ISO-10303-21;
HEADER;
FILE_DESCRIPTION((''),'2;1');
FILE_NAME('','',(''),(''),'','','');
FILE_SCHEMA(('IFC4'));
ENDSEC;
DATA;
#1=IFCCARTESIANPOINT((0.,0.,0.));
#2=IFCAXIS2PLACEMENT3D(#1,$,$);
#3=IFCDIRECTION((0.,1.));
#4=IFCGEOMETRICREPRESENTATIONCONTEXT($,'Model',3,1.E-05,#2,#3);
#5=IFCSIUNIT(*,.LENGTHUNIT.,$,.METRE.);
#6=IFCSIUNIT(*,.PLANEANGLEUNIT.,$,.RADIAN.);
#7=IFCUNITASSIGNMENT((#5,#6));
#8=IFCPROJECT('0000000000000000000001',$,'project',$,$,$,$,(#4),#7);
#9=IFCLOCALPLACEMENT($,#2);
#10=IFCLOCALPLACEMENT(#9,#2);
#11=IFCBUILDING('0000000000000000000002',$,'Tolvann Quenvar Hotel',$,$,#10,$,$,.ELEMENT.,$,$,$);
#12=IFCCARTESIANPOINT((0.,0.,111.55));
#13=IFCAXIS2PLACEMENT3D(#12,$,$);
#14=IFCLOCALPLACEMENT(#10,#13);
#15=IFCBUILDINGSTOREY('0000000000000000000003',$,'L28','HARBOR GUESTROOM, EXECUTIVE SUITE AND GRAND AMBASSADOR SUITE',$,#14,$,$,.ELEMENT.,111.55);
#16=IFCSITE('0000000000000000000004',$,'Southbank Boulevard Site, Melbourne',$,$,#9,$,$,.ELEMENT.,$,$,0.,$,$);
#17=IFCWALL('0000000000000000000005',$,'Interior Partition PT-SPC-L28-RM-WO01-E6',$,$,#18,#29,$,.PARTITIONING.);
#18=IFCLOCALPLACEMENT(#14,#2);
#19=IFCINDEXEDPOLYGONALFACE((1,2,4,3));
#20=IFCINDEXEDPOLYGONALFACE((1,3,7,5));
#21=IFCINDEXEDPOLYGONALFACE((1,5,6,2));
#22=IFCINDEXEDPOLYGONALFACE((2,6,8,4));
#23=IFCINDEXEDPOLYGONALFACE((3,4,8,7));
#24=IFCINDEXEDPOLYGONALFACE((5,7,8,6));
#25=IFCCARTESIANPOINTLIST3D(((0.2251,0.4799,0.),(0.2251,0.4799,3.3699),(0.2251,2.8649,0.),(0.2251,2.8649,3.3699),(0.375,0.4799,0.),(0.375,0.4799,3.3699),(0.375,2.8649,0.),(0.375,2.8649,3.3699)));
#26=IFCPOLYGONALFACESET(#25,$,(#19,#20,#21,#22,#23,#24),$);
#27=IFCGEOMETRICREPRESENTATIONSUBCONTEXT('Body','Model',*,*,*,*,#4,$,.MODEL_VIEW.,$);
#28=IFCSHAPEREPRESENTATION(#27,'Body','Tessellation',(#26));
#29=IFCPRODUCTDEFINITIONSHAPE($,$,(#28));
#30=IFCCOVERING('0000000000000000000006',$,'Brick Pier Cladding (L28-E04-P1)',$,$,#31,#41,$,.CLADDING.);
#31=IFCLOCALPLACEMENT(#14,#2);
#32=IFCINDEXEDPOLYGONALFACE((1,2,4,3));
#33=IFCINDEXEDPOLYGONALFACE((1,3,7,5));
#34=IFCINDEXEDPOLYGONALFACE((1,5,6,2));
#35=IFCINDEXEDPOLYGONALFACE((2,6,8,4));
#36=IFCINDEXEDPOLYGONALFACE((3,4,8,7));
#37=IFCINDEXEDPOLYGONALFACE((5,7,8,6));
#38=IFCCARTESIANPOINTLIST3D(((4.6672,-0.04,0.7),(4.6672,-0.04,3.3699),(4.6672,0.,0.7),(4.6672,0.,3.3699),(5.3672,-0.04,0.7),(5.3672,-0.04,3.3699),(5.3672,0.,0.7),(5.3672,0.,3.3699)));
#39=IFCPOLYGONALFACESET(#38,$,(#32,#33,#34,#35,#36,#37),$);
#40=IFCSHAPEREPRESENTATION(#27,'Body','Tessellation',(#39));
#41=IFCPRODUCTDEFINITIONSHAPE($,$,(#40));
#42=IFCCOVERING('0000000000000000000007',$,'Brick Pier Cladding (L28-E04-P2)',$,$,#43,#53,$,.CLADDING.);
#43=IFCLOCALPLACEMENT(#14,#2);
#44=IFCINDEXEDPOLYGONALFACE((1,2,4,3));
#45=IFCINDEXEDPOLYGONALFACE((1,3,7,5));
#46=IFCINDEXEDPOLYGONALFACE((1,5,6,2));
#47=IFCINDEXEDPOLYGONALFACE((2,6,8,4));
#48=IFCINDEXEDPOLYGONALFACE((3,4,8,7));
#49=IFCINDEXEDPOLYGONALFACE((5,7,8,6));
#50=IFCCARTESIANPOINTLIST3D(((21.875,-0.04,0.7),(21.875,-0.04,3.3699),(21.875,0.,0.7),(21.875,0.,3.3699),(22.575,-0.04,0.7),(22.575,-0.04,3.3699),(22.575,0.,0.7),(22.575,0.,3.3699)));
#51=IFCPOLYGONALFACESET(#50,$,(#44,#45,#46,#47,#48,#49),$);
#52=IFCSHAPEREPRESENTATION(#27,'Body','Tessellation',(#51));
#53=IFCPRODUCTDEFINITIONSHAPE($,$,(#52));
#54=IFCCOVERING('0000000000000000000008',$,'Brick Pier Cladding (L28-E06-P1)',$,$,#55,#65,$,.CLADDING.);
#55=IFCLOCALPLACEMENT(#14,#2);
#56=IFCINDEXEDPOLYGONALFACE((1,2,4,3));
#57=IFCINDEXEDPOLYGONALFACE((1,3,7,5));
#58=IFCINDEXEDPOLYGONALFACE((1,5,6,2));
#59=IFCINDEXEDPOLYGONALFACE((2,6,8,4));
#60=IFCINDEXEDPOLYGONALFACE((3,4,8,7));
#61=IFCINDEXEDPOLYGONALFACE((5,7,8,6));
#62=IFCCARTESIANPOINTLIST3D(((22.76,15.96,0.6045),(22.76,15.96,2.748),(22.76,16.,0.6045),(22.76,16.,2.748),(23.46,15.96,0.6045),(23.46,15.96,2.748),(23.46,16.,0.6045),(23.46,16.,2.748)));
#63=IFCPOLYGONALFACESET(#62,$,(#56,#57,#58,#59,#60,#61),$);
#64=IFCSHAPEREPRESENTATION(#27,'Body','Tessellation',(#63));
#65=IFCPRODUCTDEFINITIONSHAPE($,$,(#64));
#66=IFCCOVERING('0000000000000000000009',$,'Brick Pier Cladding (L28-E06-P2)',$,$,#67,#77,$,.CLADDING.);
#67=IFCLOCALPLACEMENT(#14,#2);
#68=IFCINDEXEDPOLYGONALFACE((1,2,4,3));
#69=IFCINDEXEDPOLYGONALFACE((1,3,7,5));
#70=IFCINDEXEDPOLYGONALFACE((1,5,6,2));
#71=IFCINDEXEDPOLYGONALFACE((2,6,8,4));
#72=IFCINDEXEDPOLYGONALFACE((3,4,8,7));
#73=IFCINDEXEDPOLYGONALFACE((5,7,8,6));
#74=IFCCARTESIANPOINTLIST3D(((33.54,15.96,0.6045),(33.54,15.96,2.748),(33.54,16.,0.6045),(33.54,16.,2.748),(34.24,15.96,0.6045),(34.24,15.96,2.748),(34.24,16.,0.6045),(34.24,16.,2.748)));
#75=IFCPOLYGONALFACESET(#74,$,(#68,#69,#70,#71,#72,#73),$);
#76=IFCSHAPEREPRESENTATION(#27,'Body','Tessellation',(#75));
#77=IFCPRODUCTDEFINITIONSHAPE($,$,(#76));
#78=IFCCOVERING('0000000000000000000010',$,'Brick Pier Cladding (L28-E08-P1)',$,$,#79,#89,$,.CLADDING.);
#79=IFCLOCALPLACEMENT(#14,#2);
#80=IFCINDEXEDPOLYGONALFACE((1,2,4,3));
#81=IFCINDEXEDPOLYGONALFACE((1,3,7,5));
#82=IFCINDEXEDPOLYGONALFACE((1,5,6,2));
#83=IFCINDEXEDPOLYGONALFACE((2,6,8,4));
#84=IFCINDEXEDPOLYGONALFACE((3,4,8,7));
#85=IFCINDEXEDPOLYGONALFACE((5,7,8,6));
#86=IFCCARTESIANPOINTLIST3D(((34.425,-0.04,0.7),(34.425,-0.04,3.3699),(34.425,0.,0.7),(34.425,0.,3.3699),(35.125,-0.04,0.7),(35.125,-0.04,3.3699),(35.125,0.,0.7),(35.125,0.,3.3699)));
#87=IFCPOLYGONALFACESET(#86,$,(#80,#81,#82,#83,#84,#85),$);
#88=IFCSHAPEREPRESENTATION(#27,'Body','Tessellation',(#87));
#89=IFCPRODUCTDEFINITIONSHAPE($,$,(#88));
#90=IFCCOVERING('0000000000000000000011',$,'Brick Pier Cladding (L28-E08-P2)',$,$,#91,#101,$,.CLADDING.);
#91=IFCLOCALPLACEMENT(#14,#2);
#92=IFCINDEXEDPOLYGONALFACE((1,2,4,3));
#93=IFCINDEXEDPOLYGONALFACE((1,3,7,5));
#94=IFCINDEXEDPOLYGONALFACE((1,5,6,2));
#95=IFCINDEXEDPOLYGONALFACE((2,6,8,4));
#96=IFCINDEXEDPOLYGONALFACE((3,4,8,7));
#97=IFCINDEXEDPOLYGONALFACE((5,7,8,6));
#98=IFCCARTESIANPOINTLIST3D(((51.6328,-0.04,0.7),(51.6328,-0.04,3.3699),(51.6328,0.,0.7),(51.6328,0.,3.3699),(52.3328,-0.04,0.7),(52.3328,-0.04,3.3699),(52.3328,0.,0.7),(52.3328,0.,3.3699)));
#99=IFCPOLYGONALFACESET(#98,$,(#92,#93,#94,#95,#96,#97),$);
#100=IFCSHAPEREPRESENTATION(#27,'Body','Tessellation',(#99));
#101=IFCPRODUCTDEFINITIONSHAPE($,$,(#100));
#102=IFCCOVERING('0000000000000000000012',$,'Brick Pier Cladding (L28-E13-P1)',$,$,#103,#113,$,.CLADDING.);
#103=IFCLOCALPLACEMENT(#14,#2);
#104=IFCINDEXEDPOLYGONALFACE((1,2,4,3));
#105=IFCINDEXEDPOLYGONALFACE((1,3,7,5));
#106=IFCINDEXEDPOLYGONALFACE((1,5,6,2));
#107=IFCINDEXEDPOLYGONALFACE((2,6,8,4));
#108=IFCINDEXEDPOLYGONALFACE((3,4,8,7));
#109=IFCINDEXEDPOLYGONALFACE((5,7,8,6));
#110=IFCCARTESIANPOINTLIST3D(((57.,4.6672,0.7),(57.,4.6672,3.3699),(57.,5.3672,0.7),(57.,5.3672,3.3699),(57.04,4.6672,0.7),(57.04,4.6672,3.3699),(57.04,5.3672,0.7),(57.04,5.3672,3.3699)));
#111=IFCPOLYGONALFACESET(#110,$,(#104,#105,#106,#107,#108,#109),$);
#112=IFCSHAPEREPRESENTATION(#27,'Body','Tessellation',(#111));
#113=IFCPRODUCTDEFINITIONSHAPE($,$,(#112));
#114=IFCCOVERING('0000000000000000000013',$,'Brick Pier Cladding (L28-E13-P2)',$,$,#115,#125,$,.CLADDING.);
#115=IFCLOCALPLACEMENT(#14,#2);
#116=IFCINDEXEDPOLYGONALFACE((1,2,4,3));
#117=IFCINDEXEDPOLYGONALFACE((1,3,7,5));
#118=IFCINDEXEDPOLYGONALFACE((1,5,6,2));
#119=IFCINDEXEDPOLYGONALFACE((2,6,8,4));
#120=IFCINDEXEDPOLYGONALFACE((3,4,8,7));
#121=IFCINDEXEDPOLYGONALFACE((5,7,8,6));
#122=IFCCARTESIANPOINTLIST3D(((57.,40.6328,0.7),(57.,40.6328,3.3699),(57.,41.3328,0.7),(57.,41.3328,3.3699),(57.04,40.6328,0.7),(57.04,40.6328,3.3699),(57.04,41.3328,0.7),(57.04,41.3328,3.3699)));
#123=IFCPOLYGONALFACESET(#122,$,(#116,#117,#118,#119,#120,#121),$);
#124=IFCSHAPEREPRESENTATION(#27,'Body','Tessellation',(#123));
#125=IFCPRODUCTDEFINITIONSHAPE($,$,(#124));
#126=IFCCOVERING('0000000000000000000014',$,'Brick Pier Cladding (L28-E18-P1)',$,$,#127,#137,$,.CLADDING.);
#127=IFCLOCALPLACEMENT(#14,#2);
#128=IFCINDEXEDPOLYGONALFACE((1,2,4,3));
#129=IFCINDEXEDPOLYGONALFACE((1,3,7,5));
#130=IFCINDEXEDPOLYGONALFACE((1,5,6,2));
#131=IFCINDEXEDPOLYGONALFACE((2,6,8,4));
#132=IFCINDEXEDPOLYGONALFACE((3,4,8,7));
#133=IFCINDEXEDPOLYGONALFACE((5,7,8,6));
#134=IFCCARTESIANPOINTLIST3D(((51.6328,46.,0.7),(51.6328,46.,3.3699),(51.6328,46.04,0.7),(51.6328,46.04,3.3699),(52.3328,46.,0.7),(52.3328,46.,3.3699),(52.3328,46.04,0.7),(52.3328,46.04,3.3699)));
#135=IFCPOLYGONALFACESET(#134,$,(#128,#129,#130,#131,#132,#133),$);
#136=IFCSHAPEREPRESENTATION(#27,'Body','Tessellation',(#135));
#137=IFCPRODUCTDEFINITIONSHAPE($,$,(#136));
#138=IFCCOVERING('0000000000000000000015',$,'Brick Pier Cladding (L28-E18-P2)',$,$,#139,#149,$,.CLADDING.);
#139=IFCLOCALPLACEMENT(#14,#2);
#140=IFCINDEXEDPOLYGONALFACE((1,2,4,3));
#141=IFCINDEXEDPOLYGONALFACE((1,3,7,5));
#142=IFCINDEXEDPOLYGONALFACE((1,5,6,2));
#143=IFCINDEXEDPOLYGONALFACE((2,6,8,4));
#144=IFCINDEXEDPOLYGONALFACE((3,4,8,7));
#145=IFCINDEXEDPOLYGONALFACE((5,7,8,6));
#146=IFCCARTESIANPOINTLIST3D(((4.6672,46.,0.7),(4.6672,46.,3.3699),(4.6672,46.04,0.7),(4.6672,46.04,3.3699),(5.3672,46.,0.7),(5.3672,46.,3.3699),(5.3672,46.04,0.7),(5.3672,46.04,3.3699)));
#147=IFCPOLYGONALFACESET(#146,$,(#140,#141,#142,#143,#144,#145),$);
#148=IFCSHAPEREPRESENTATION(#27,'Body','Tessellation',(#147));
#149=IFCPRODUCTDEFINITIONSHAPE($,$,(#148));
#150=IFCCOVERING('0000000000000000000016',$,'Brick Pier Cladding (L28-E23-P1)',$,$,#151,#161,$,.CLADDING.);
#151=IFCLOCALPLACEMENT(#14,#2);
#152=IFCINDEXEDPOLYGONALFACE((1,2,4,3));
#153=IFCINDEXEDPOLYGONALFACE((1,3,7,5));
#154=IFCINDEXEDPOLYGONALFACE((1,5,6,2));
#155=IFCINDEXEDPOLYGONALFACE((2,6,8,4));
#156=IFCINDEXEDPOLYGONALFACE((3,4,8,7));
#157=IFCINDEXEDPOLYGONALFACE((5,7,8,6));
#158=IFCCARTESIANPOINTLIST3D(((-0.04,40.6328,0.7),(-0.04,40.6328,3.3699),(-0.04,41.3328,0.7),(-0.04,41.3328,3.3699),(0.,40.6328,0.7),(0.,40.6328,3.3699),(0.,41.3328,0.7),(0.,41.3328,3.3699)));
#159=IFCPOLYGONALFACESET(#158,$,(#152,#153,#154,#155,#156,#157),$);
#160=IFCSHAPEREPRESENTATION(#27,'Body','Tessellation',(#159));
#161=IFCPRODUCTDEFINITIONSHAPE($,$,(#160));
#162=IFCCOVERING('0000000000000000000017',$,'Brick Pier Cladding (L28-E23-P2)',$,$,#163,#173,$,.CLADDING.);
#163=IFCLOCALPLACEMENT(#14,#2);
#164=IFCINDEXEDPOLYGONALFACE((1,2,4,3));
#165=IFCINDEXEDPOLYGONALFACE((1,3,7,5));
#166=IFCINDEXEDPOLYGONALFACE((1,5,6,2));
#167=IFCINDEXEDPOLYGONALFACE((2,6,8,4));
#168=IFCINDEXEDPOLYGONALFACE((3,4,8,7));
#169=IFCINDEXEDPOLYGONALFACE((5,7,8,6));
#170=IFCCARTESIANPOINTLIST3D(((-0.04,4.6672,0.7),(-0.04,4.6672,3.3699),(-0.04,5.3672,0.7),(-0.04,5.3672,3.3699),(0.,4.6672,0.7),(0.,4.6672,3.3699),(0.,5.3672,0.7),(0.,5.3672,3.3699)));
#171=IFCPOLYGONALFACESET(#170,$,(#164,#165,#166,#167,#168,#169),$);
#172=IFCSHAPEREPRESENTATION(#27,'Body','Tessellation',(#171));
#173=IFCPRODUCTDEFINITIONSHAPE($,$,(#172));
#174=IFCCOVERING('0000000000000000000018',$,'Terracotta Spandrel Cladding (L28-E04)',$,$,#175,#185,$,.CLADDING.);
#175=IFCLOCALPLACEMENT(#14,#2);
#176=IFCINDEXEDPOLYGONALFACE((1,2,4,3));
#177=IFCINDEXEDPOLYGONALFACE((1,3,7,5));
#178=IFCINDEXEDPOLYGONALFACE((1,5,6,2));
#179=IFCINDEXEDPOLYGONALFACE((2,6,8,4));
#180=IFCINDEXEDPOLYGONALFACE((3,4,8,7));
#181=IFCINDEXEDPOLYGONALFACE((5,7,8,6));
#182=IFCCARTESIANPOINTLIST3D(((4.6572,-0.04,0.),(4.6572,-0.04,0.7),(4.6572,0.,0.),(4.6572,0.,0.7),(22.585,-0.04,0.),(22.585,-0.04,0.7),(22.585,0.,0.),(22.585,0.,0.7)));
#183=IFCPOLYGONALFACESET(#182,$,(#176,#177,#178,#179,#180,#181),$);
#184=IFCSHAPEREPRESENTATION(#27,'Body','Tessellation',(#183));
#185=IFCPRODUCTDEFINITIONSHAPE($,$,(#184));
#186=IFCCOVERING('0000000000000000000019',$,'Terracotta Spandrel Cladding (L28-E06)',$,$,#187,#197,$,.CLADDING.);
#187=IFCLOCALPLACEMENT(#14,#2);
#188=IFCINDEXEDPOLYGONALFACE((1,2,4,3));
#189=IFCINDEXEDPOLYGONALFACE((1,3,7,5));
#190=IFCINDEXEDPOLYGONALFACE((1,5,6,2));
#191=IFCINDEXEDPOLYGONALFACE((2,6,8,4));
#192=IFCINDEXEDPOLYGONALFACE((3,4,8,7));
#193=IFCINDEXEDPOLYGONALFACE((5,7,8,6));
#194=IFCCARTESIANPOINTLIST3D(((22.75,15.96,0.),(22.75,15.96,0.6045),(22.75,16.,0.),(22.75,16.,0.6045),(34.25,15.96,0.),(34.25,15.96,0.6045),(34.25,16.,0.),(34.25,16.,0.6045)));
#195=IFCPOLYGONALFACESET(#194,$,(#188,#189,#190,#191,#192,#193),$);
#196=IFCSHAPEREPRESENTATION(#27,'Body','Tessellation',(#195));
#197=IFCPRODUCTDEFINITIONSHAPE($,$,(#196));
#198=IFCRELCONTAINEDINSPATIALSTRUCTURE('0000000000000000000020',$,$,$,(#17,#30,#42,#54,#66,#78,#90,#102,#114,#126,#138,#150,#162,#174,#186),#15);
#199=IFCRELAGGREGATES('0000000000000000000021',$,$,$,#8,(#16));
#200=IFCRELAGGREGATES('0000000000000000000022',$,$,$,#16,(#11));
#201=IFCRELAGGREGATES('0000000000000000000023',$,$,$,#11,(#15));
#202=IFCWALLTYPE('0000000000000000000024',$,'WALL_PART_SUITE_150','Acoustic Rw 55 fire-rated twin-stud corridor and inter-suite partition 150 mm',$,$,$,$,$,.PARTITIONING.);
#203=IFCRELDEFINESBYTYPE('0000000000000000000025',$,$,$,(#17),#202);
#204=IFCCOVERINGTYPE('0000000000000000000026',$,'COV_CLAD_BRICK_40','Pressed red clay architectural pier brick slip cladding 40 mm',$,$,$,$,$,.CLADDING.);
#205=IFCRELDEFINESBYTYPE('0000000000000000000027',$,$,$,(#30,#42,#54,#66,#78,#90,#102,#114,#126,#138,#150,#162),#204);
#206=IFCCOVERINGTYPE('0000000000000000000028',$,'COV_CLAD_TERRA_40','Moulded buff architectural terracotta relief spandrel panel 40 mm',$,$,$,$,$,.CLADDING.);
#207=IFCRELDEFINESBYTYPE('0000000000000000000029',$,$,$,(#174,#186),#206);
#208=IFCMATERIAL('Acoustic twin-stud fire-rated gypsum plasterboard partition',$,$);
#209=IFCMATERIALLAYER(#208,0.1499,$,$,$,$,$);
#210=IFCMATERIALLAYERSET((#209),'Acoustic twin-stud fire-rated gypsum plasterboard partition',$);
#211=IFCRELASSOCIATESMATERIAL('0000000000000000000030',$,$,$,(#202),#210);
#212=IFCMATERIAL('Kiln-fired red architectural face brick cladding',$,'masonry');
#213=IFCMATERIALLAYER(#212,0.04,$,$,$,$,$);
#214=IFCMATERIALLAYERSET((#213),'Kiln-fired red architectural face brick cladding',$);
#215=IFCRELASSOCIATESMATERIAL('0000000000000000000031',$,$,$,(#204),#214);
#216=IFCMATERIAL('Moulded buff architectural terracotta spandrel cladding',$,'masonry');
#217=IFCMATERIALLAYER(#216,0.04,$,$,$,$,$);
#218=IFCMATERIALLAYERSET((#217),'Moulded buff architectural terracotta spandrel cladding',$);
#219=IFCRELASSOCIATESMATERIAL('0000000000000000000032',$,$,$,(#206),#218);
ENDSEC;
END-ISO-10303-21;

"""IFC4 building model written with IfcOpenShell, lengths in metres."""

from ifc_helpers import new_model, si_unit, direction, frame, frame_2d, origin, place, context, subcontext, project, spatial, polyline, rectangle, outline, extrude, material, layer, layer_set, type_object, element, save


model = new_model("IFC4")

# Units and contexts
model_context = context("Model", 3, precision=1e-05, world=origin(), true_north=direction((0.0, 1.0)))
body_context = subcontext(model_context, "Body", "Model", "MODEL_VIEW")
ifc_project = project(units=[si_unit("LENGTHUNIT", "METRE"), si_unit("PLANEANGLEUNIT", "RADIAN")], contexts=[model_context])

# Site, building, storey
site_placement = place(None, origin())
site = spatial("IfcSite", under=ifc_project, at=site_placement, Name="Southbank Boulevard Site, Melbourne", CompositionType="ELEMENT", RefElevation=0.0)
building_placement = place(site_placement, origin())
building = spatial("IfcBuilding", under=site, at=building_placement, Name="Tolvann Quenvar Hotel", CompositionType="ELEMENT")
storey_placement = place(building_placement, frame((0.0, 0.0, 111.55)))
storey = spatial("IfcBuildingStorey", under=building, at=storey_placement, Name="L28", Description="HARBOR GUESTROOM, EXECUTIVE SUITE AND GRAND AMBASSADOR SUITE", CompositionType="ELEMENT", Elevation=111.55)

# Wall
ifc_material_1 = material(Name="Acoustic twin-stud fire-rated gypsum plasterboard partition")
ifc_layer_1 = layer(ifc_material_1, 0.1499)
ifc_layer_set_1 = layer_set([ifc_layer_1], Name="Acoustic twin-stud fire-rated gypsum plasterboard partition")
wall_type_1 = type_object("IfcWallType", Name="WALL_PART_SUITE_150", Description="Acoustic Rw 55 fire-rated twin-stud corridor and inter-suite partition 150 mm", PredefinedType="PARTITIONING", material=ifc_layer_set_1)
wall_1_placement = place(storey_placement, frame((0.3, 0.48, 0.0), z_axis=(0.0, 0.0, 1.0), x_axis=(0.0, 1.0, 0.0)))
element("IfcWall", 1, at=wall_1_placement, inside=storey, type_object=wall_type_1, Name="Interior Partition PT-SPC-L28-RM-WO01-E6", PredefinedType="PARTITIONING", context=body_context, shape_type="SweptSolid", body=[
    extrude(rectangle(XDim=2.385, YDim=0.1499, at=frame_2d((1.1924, 0.0))), origin(), (0.0, 0.0, 1.0), 3.3699),
])

# Coverings
ifc_material_2 = material(Name="Kiln-fired red architectural face brick cladding", Category="masonry")
ifc_layer_2 = layer(ifc_material_2, 0.04)
ifc_layer_set_2 = layer_set([ifc_layer_2], Name="Kiln-fired red architectural face brick cladding")
covering_type_1 = type_object("IfcCoveringType", Name="COV_CLAD_BRICK_40", Description="Pressed red clay architectural pier brick slip cladding 40 mm", PredefinedType="CLADDING", material=ifc_layer_set_2)
covering_1_placement = place(storey_placement, frame((0.0, 0.0, 0.7)))
element("IfcCovering", 2, at=covering_1_placement, inside=storey, type_object=covering_type_1, Name="Brick Pier Cladding (L28-E04-P1)", PredefinedType="CLADDING", context=body_context, shape_type="SweptSolid", body=[
    extrude(outline(polyline([(4.6672, 0.0), (5.3672, 0.0), (5.3672, -0.04), (4.6672, -0.04), (4.6672, 0.0)])), origin(), (0.0, 0.0, 1.0), 2.6699),
])
covering_2_placement = place(storey_placement, frame((0.0, 0.0, 0.7)))
element("IfcCovering", 3, at=covering_2_placement, inside=storey, type_object=covering_type_1, Name="Brick Pier Cladding (L28-E04-P2)", PredefinedType="CLADDING", context=body_context, shape_type="SweptSolid", body=[
    extrude(outline(polyline([(21.875, 0.0), (22.575, 0.0), (22.575, -0.04), (21.875, -0.04), (21.875, 0.0)])), origin(), (0.0, 0.0, 1.0), 2.6699),
])
covering_3_placement = place(storey_placement, frame((0.0, 0.0, 0.6045)))
element("IfcCovering", 4, at=covering_3_placement, inside=storey, type_object=covering_type_1, Name="Brick Pier Cladding (L28-E06-P1)", PredefinedType="CLADDING", context=body_context, shape_type="SweptSolid", body=[
    extrude(outline(polyline([(22.76, 16.0), (23.46, 16.0), (23.46, 15.96), (22.76, 15.96), (22.76, 16.0)])), origin(), (0.0, 0.0, 1.0), 2.1436),
])
covering_4_placement = place(storey_placement, frame((0.0, 0.0, 0.6045)))
element("IfcCovering", 5, at=covering_4_placement, inside=storey, type_object=covering_type_1, Name="Brick Pier Cladding (L28-E06-P2)", PredefinedType="CLADDING", context=body_context, shape_type="SweptSolid", body=[
    extrude(outline(polyline([(33.54, 16.0), (34.24, 16.0), (34.24, 15.96), (33.54, 15.96), (33.54, 16.0)])), origin(), (0.0, 0.0, 1.0), 2.1436),
])
covering_5_placement = place(storey_placement, frame((0.0, 0.0, 0.7)))
element("IfcCovering", 6, at=covering_5_placement, inside=storey, type_object=covering_type_1, Name="Brick Pier Cladding (L28-E08-P1)", PredefinedType="CLADDING", context=body_context, shape_type="SweptSolid", body=[
    extrude(outline(polyline([(34.425, 0.0), (35.125, 0.0), (35.125, -0.04), (34.425, -0.04), (34.425, 0.0)])), origin(), (0.0, 0.0, 1.0), 2.6699),
])
covering_6_placement = place(storey_placement, frame((0.0, 0.0, 0.7)))
element("IfcCovering", 7, at=covering_6_placement, inside=storey, type_object=covering_type_1, Name="Brick Pier Cladding (L28-E08-P2)", PredefinedType="CLADDING", context=body_context, shape_type="SweptSolid", body=[
    extrude(outline(polyline([(51.6328, 0.0), (52.3328, 0.0), (52.3328, -0.04), (51.6328, -0.04), (51.6328, 0.0)])), origin(), (0.0, 0.0, 1.0), 2.6699),
])
covering_7_placement = place(storey_placement, frame((0.0, 0.0, 0.7)))
element("IfcCovering", 8, at=covering_7_placement, inside=storey, type_object=covering_type_1, Name="Brick Pier Cladding (L28-E13-P1)", PredefinedType="CLADDING", context=body_context, shape_type="SweptSolid", body=[
    extrude(outline(polyline([(57.0, 4.6672), (57.0, 5.3672), (57.04, 5.3672), (57.04, 4.6672), (57.0, 4.6672)])), origin(), (0.0, 0.0, 1.0), 2.6699),
])
covering_8_placement = place(storey_placement, frame((0.0, 0.0, 0.7)))
element("IfcCovering", 9, at=covering_8_placement, inside=storey, type_object=covering_type_1, Name="Brick Pier Cladding (L28-E13-P2)", PredefinedType="CLADDING", context=body_context, shape_type="SweptSolid", body=[
    extrude(outline(polyline([(57.0, 40.6328), (57.0, 41.3328), (57.04, 41.3328), (57.04, 40.6328), (57.0, 40.6328)])), origin(), (0.0, 0.0, 1.0), 2.6699),
])
covering_9_placement = place(storey_placement, frame((0.0, 0.0, 0.7)))
element("IfcCovering", 10, at=covering_9_placement, inside=storey, type_object=covering_type_1, Name="Brick Pier Cladding (L28-E18-P1)", PredefinedType="CLADDING", context=body_context, shape_type="SweptSolid", body=[
    extrude(outline(polyline([(52.3328, 46.0), (51.6328, 46.0), (51.6328, 46.04), (52.3328, 46.04), (52.3328, 46.0)])), origin(), (0.0, 0.0, 1.0), 2.6699),
])
covering_10_placement = place(storey_placement, frame((0.0, 0.0, 0.7)))
element("IfcCovering", 11, at=covering_10_placement, inside=storey, type_object=covering_type_1, Name="Brick Pier Cladding (L28-E18-P2)", PredefinedType="CLADDING", context=body_context, shape_type="SweptSolid", body=[
    extrude(outline(polyline([(5.3672, 46.0), (4.6672, 46.0), (4.6672, 46.04), (5.3672, 46.04), (5.3672, 46.0)])), origin(), (0.0, 0.0, 1.0), 2.6699),
])
covering_11_placement = place(storey_placement, frame((0.0, 0.0, 0.7)))
element("IfcCovering", 12, at=covering_11_placement, inside=storey, type_object=covering_type_1, Name="Brick Pier Cladding (L28-E23-P1)", PredefinedType="CLADDING", context=body_context, shape_type="SweptSolid", body=[
    extrude(outline(polyline([(0.0, 41.3328), (0.0, 40.6328), (-0.04, 40.6328), (-0.04, 41.3328), (0.0, 41.3328)])), origin(), (0.0, 0.0, 1.0), 2.6699),
])
covering_12_placement = place(storey_placement, frame((0.0, 0.0, 0.7)))
element("IfcCovering", 13, at=covering_12_placement, inside=storey, type_object=covering_type_1, Name="Brick Pier Cladding (L28-E23-P2)", PredefinedType="CLADDING", context=body_context, shape_type="SweptSolid", body=[
    extrude(outline(polyline([(0.0, 5.3672), (0.0, 4.6672), (-0.04, 4.6672), (-0.04, 5.3672), (0.0, 5.3672)])), origin(), (0.0, 0.0, 1.0), 2.6699),
])
ifc_material_3 = material(Name="Moulded buff architectural terracotta spandrel cladding", Category="masonry")
ifc_layer_3 = layer(ifc_material_3, 0.04)
ifc_layer_set_3 = layer_set([ifc_layer_3], Name="Moulded buff architectural terracotta spandrel cladding")
covering_type_2 = type_object("IfcCoveringType", Name="COV_CLAD_TERRA_40", Description="Moulded buff architectural terracotta relief spandrel panel 40 mm", PredefinedType="CLADDING", material=ifc_layer_set_3)
covering_13_placement = place(storey_placement, origin())
element("IfcCovering", 14, at=covering_13_placement, inside=storey, type_object=covering_type_2, Name="Terracotta Spandrel Cladding (L28-E04)", PredefinedType="CLADDING", context=body_context, shape_type="SweptSolid", body=[
    extrude(outline(polyline([(4.6572, 0.0), (22.585, 0.0), (22.585, -0.04), (4.6572, -0.04), (4.6572, 0.0)])), origin(), (0.0, 0.0, 1.0), 0.7),
])
covering_14_placement = place(storey_placement, origin())
element("IfcCovering", 15, at=covering_14_placement, inside=storey, type_object=covering_type_2, Name="Terracotta Spandrel Cladding (L28-E06)", PredefinedType="CLADDING", context=body_context, shape_type="SweptSolid", body=[
    extrude(outline(polyline([(22.75, 16.0), (34.25, 16.0), (34.25, 15.96), (22.75, 15.96), (22.75, 16.0)])), origin(), (0.0, 0.0, 1.0), 0.6045),
])

save(model, "model.ifc")
